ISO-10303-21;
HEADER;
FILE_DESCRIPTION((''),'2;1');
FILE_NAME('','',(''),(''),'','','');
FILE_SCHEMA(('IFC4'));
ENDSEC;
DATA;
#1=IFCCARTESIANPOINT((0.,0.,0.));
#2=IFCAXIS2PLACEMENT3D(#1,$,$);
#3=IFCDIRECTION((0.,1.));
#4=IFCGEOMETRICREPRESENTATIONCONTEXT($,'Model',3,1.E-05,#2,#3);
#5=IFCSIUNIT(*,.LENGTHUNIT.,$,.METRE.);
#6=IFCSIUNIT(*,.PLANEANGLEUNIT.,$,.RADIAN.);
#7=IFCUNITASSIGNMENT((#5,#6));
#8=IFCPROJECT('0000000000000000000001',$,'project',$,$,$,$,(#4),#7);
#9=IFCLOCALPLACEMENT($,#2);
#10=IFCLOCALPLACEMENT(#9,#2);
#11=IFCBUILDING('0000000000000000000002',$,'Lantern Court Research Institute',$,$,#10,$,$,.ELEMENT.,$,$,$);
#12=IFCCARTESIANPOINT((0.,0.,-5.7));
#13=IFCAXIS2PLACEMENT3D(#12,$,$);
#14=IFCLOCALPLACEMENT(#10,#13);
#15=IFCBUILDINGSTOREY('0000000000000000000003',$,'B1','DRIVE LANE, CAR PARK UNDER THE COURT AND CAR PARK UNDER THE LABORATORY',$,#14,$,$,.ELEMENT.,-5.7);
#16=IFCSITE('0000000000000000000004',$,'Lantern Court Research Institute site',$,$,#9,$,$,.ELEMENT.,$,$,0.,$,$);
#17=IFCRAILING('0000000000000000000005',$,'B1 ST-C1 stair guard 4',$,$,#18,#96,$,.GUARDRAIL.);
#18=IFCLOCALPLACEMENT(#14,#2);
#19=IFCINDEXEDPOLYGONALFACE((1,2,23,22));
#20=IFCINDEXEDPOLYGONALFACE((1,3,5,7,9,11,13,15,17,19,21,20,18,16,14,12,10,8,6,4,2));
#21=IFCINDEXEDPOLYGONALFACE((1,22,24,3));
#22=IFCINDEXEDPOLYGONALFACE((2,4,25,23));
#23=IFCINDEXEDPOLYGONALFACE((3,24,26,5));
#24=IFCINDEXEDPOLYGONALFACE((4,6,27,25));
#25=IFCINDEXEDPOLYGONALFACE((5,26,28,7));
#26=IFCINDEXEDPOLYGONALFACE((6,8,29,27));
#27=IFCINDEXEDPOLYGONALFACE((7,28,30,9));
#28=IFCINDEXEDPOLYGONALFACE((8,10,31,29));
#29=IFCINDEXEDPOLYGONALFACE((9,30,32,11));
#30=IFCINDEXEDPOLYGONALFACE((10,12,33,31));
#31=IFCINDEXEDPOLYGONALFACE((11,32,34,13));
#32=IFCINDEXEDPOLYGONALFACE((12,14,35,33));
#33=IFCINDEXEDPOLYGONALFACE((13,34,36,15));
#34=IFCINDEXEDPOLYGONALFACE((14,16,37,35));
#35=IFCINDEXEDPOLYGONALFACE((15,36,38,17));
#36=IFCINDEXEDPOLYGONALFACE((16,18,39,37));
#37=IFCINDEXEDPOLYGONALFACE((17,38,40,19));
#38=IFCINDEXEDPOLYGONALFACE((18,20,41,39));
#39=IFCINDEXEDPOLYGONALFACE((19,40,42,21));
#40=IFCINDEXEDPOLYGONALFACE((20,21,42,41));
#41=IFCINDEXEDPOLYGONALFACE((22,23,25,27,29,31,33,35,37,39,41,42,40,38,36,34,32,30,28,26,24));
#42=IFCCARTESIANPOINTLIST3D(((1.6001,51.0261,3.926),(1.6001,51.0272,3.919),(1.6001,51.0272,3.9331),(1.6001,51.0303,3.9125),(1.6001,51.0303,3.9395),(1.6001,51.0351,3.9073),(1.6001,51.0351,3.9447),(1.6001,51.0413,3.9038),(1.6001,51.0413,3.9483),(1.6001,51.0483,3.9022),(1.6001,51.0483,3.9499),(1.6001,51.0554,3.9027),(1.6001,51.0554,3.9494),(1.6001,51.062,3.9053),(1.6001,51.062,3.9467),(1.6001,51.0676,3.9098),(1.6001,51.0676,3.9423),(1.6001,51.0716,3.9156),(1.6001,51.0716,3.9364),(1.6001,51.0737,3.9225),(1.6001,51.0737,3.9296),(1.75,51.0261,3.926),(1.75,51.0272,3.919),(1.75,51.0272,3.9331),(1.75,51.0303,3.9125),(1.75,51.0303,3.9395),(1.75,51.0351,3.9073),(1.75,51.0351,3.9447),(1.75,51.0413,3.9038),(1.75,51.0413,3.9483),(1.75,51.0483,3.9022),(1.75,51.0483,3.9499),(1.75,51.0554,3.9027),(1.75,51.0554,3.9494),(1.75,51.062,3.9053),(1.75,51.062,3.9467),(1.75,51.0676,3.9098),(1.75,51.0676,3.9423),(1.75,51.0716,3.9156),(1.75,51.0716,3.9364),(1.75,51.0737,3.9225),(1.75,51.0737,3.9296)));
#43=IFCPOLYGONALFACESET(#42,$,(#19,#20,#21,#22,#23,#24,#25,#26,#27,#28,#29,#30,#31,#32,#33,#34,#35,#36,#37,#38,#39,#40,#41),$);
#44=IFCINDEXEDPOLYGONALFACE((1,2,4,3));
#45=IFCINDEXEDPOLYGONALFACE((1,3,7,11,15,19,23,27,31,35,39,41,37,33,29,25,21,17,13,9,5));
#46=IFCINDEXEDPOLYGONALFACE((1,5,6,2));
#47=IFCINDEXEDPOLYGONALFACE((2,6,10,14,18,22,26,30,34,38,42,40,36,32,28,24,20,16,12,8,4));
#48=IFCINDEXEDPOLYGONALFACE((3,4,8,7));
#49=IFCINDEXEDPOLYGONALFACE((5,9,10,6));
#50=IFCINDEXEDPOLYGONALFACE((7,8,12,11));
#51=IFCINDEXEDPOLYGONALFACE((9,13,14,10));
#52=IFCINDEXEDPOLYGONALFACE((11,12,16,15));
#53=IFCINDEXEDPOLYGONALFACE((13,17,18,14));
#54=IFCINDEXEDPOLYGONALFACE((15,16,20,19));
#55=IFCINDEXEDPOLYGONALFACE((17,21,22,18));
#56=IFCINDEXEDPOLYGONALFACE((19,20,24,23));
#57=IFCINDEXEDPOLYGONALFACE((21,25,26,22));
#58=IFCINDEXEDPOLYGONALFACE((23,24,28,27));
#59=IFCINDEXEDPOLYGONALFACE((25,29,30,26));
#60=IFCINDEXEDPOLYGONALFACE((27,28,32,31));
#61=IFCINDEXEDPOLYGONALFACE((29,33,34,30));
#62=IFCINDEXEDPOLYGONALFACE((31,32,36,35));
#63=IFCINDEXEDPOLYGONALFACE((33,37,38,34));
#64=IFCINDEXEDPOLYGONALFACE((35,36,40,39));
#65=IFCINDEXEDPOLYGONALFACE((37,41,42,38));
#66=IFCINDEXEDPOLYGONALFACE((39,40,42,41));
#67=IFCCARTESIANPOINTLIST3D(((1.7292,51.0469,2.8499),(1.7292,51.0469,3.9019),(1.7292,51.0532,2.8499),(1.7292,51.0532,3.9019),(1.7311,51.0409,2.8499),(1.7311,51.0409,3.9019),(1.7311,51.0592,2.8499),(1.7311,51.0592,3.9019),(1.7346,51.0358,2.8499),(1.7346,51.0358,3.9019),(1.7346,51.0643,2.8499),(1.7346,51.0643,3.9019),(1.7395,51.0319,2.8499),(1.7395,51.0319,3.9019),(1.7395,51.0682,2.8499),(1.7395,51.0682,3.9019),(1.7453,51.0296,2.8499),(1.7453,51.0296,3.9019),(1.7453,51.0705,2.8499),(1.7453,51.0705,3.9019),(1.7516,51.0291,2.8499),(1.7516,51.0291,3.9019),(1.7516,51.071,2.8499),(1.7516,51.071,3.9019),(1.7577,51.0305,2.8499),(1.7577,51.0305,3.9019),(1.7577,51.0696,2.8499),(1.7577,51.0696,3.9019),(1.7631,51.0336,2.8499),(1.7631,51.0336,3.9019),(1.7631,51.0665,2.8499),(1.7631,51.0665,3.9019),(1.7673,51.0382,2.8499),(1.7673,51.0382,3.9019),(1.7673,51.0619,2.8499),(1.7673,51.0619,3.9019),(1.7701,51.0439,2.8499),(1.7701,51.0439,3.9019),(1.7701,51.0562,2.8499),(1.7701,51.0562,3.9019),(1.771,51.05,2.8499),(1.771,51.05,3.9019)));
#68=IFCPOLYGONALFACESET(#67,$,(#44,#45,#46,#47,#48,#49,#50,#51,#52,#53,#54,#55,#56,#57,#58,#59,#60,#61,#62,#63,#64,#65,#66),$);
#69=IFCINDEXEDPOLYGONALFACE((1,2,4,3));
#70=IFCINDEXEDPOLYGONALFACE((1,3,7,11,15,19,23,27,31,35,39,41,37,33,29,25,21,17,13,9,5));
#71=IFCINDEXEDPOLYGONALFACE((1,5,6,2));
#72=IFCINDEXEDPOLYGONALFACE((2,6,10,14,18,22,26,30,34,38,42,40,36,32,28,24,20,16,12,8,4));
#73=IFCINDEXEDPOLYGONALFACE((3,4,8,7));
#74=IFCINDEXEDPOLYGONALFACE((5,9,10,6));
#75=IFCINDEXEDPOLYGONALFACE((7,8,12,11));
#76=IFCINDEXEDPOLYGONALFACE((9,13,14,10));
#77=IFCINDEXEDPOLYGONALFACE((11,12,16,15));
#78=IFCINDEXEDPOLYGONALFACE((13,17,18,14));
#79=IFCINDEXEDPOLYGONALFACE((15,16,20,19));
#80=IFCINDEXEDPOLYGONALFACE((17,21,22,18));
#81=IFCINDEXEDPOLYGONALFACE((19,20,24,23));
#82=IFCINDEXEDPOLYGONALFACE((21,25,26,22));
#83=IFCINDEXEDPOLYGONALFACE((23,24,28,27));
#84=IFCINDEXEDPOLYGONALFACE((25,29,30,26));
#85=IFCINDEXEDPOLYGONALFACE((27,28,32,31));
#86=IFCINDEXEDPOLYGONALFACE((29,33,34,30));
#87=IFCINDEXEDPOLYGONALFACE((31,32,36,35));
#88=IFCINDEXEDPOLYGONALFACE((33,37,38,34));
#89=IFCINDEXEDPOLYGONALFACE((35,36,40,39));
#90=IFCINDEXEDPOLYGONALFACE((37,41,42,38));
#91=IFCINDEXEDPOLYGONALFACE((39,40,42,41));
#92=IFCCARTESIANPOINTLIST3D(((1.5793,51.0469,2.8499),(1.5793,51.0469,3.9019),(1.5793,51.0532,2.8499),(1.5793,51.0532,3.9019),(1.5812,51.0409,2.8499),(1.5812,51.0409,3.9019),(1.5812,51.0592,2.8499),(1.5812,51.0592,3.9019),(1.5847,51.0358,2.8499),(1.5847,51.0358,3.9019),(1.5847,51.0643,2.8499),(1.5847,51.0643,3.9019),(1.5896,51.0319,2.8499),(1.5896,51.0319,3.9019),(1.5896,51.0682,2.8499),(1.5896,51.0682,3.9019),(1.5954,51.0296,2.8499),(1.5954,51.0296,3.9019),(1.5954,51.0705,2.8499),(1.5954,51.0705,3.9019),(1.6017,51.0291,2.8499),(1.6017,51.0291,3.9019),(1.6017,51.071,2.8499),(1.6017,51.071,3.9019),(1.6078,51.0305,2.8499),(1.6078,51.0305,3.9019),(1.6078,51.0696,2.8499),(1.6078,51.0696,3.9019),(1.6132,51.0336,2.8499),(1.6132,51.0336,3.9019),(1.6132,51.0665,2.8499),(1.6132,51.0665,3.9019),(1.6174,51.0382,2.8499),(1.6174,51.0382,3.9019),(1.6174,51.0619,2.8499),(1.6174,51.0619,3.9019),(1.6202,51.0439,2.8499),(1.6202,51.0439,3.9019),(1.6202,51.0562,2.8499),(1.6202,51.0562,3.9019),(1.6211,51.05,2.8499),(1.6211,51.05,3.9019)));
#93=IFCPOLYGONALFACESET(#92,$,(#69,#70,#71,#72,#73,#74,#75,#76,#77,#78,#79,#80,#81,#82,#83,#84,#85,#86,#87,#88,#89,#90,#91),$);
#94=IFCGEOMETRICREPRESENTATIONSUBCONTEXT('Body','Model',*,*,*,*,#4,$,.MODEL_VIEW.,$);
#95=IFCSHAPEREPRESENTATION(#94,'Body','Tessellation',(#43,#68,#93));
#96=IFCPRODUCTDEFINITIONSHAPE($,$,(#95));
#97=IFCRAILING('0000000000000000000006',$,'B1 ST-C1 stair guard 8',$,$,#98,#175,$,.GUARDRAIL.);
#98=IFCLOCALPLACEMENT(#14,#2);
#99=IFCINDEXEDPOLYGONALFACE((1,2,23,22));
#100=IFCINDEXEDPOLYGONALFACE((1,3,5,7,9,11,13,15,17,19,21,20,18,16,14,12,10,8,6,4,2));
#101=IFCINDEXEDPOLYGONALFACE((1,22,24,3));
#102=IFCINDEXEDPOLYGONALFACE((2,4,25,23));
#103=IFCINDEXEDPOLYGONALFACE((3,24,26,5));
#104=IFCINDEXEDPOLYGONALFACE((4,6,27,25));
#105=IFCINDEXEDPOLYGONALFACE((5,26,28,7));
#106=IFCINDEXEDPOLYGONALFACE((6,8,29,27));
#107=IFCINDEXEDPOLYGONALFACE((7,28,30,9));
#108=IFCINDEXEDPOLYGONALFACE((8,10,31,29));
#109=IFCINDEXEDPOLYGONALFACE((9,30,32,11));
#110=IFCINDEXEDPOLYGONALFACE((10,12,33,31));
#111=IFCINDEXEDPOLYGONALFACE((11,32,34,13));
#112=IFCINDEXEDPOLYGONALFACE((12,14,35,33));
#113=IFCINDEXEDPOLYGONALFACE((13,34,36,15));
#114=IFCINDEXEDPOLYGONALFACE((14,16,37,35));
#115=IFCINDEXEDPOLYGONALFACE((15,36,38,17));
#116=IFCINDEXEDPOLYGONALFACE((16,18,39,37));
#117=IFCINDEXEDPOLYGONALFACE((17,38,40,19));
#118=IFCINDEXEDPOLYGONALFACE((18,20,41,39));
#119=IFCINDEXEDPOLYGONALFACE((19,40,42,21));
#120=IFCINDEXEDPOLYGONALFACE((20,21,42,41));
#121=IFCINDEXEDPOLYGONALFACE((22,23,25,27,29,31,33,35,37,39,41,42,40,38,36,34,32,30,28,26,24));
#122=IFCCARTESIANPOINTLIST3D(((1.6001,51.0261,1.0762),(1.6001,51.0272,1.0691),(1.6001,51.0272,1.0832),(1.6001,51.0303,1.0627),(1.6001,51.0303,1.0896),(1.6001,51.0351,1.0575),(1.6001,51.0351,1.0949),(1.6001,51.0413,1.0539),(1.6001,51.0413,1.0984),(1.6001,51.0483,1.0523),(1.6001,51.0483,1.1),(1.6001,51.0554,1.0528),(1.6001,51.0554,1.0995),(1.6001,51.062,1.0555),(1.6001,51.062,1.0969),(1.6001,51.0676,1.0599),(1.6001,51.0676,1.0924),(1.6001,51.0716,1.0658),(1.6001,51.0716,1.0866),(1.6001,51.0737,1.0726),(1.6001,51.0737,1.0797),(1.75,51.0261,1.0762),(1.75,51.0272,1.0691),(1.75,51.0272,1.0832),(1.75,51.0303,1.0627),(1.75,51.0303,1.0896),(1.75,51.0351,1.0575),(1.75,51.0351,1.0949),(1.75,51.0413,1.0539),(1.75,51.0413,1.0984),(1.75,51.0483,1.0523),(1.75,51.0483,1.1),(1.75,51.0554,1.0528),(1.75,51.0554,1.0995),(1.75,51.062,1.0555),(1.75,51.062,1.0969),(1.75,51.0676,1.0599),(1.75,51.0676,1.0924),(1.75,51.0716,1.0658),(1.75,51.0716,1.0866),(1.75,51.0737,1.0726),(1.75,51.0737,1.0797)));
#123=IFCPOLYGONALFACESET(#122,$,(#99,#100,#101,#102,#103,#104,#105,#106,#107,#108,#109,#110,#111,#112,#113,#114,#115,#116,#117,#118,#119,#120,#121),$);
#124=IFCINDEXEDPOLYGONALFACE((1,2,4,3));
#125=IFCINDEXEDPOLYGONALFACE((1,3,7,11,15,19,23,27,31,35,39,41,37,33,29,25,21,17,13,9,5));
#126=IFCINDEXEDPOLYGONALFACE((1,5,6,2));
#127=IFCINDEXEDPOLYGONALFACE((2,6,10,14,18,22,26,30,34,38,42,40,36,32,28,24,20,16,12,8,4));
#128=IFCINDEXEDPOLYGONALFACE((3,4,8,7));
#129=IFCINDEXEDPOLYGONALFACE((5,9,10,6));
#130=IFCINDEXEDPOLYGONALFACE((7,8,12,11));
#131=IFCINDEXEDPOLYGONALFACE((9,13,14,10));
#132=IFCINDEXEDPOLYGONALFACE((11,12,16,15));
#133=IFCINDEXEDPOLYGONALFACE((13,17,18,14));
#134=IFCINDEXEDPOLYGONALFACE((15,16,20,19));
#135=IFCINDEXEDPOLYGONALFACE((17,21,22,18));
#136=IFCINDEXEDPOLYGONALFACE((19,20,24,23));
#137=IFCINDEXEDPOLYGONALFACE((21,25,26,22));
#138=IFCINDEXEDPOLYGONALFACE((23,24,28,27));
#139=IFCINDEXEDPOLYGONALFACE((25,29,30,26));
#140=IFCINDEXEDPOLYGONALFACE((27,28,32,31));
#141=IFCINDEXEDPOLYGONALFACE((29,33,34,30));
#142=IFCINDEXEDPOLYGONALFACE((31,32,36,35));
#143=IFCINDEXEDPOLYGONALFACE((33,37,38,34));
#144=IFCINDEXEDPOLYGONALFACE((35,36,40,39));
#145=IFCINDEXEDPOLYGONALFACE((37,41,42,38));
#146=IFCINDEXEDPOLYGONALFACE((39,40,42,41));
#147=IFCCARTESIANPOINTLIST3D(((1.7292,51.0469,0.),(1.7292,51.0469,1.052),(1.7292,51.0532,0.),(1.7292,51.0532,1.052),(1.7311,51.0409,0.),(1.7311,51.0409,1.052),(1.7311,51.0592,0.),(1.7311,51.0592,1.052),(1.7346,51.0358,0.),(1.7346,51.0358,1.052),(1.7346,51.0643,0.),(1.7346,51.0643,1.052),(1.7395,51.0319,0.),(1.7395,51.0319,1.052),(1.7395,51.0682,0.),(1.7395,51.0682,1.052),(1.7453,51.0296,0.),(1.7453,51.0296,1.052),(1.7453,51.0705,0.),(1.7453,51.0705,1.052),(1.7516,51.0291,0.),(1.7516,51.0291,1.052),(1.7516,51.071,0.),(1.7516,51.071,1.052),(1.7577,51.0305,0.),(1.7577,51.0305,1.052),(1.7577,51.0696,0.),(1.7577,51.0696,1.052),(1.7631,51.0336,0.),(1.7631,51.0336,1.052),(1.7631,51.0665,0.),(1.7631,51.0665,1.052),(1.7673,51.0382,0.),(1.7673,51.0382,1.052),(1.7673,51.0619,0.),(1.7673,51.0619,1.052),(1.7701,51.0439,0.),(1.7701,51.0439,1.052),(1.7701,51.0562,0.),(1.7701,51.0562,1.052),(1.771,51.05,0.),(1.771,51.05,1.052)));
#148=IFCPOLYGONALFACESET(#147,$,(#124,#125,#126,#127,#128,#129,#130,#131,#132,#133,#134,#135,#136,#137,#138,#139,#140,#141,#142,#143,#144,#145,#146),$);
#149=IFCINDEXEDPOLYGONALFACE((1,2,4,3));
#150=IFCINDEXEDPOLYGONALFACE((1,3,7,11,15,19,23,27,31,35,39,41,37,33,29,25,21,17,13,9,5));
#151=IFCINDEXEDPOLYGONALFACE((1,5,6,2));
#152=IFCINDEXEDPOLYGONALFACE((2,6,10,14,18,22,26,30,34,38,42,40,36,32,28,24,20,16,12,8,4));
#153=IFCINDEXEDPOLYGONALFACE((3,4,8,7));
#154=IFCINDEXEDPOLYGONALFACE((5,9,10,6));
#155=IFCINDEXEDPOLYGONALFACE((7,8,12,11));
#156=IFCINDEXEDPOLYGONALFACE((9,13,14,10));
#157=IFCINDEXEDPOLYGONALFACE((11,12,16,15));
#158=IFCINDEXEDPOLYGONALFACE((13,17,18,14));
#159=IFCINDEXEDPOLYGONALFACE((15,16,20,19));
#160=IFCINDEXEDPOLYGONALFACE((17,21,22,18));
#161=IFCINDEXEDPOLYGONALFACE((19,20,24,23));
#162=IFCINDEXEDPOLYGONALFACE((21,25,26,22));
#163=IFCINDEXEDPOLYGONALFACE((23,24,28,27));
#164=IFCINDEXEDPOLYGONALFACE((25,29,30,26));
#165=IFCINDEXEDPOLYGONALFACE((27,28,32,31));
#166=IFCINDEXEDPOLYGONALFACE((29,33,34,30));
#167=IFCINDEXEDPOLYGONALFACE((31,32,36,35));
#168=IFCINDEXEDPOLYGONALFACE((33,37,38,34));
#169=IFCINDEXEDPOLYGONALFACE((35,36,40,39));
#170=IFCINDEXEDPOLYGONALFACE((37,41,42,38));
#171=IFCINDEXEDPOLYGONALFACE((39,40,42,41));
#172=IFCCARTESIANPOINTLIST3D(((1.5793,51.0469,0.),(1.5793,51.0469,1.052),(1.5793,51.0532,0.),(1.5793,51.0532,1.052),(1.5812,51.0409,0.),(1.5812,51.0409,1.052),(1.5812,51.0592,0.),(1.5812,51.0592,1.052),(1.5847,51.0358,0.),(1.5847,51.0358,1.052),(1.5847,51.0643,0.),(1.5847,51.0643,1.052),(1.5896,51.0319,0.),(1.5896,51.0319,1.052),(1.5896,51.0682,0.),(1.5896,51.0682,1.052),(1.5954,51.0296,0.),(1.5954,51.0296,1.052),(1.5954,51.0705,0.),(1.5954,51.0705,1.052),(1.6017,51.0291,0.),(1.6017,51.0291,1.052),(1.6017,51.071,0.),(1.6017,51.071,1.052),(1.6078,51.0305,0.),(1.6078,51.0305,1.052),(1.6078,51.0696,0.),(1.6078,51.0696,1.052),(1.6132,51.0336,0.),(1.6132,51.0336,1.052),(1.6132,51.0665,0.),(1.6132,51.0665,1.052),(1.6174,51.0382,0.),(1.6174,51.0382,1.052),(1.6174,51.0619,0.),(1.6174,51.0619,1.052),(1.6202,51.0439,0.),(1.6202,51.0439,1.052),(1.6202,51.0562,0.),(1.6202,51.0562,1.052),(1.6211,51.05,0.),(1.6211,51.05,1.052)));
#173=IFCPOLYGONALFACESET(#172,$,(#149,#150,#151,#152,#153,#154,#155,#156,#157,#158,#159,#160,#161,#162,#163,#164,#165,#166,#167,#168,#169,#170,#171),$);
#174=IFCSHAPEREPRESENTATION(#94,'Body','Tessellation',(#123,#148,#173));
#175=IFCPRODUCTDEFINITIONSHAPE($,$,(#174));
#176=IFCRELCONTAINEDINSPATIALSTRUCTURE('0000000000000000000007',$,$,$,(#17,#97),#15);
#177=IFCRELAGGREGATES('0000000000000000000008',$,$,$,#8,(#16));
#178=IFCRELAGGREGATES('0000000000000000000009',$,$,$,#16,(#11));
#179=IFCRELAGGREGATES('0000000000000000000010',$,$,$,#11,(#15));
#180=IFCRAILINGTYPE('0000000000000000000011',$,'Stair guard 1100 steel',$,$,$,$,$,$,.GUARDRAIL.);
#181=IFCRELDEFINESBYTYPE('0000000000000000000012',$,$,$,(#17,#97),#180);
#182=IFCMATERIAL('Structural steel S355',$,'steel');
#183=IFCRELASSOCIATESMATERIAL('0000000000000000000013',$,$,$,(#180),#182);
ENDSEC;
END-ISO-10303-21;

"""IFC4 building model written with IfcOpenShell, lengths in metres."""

from ifc_helpers import new_model, si_unit, direction, frame, origin, origin_2d, place, context, subcontext, project, spatial, circle, extrude, material, type_object, element, save


model = new_model("IFC4")

# Units and contexts
model_context = context("Model", 3, precision=1e-05, world=origin(), true_north=direction((0.0, 1.0)))
body_context = subcontext(model_context, "Body", "Model", "MODEL_VIEW")
ifc_project = project(units=[si_unit("LENGTHUNIT", "METRE"), si_unit("PLANEANGLEUNIT", "RADIAN")], contexts=[model_context])

# Site, building, storey
site_placement = place(None, origin())
site = spatial("IfcSite", under=ifc_project, at=site_placement, Name="Lantern Court Research Institute site", CompositionType="ELEMENT", RefElevation=0.0)
building_placement = place(site_placement, origin())
building = spatial("IfcBuilding", under=site, at=building_placement, Name="Lantern Court Research Institute", CompositionType="ELEMENT")
storey_placement = place(building_placement, frame((0.0, 0.0, -5.7)))
storey = spatial("IfcBuildingStorey", under=building, at=storey_placement, Name="B1", Description="DRIVE LANE, CAR PARK UNDER THE COURT AND CAR PARK UNDER THE LABORATORY", CompositionType="ELEMENT", Elevation=-5.7)

# Railings
ifc_material_1 = material(Name="Structural steel S355", Category="steel")
railing_type = type_object("IfcRailingType", Name="Stair guard 1100 steel", PredefinedType="GUARDRAIL", material=ifc_material_1)
for number, where, name in (
    (1, (1.75, 51.05, 2.8499), "B1 ST-C1 stair guard 4"),
    (2, (1.75, 51.05, 0.0), "B1 ST-C1 stair guard 8"),
):
    element("IfcRailing", number, at=place(storey_placement, frame(where)), inside=storey, type_object=railing_type, Name=name, PredefinedType="GUARDRAIL", context=body_context, shape_type="SweptSolid", body=[
        extrude(circle(Radius=0.0239, at=origin_2d()), frame((0.0, 0.0, 1.0762), z_axis=(-1.0, 0.0, 0.0), x_axis=(0.0, -1.0, 0.0)), (0.0, 0.0, 1.0), 0.1499),
        extrude(circle(Radius=0.021, at=origin_2d()), origin(), (0.0, 0.0, 1.0), 1.052),
        extrude(circle(Radius=0.021, at=origin_2d()), frame((-0.1499, 0.0, 0.0)), (0.0, 0.0, 1.0), 1.052),
    ])

save(model, "model.ifc")
